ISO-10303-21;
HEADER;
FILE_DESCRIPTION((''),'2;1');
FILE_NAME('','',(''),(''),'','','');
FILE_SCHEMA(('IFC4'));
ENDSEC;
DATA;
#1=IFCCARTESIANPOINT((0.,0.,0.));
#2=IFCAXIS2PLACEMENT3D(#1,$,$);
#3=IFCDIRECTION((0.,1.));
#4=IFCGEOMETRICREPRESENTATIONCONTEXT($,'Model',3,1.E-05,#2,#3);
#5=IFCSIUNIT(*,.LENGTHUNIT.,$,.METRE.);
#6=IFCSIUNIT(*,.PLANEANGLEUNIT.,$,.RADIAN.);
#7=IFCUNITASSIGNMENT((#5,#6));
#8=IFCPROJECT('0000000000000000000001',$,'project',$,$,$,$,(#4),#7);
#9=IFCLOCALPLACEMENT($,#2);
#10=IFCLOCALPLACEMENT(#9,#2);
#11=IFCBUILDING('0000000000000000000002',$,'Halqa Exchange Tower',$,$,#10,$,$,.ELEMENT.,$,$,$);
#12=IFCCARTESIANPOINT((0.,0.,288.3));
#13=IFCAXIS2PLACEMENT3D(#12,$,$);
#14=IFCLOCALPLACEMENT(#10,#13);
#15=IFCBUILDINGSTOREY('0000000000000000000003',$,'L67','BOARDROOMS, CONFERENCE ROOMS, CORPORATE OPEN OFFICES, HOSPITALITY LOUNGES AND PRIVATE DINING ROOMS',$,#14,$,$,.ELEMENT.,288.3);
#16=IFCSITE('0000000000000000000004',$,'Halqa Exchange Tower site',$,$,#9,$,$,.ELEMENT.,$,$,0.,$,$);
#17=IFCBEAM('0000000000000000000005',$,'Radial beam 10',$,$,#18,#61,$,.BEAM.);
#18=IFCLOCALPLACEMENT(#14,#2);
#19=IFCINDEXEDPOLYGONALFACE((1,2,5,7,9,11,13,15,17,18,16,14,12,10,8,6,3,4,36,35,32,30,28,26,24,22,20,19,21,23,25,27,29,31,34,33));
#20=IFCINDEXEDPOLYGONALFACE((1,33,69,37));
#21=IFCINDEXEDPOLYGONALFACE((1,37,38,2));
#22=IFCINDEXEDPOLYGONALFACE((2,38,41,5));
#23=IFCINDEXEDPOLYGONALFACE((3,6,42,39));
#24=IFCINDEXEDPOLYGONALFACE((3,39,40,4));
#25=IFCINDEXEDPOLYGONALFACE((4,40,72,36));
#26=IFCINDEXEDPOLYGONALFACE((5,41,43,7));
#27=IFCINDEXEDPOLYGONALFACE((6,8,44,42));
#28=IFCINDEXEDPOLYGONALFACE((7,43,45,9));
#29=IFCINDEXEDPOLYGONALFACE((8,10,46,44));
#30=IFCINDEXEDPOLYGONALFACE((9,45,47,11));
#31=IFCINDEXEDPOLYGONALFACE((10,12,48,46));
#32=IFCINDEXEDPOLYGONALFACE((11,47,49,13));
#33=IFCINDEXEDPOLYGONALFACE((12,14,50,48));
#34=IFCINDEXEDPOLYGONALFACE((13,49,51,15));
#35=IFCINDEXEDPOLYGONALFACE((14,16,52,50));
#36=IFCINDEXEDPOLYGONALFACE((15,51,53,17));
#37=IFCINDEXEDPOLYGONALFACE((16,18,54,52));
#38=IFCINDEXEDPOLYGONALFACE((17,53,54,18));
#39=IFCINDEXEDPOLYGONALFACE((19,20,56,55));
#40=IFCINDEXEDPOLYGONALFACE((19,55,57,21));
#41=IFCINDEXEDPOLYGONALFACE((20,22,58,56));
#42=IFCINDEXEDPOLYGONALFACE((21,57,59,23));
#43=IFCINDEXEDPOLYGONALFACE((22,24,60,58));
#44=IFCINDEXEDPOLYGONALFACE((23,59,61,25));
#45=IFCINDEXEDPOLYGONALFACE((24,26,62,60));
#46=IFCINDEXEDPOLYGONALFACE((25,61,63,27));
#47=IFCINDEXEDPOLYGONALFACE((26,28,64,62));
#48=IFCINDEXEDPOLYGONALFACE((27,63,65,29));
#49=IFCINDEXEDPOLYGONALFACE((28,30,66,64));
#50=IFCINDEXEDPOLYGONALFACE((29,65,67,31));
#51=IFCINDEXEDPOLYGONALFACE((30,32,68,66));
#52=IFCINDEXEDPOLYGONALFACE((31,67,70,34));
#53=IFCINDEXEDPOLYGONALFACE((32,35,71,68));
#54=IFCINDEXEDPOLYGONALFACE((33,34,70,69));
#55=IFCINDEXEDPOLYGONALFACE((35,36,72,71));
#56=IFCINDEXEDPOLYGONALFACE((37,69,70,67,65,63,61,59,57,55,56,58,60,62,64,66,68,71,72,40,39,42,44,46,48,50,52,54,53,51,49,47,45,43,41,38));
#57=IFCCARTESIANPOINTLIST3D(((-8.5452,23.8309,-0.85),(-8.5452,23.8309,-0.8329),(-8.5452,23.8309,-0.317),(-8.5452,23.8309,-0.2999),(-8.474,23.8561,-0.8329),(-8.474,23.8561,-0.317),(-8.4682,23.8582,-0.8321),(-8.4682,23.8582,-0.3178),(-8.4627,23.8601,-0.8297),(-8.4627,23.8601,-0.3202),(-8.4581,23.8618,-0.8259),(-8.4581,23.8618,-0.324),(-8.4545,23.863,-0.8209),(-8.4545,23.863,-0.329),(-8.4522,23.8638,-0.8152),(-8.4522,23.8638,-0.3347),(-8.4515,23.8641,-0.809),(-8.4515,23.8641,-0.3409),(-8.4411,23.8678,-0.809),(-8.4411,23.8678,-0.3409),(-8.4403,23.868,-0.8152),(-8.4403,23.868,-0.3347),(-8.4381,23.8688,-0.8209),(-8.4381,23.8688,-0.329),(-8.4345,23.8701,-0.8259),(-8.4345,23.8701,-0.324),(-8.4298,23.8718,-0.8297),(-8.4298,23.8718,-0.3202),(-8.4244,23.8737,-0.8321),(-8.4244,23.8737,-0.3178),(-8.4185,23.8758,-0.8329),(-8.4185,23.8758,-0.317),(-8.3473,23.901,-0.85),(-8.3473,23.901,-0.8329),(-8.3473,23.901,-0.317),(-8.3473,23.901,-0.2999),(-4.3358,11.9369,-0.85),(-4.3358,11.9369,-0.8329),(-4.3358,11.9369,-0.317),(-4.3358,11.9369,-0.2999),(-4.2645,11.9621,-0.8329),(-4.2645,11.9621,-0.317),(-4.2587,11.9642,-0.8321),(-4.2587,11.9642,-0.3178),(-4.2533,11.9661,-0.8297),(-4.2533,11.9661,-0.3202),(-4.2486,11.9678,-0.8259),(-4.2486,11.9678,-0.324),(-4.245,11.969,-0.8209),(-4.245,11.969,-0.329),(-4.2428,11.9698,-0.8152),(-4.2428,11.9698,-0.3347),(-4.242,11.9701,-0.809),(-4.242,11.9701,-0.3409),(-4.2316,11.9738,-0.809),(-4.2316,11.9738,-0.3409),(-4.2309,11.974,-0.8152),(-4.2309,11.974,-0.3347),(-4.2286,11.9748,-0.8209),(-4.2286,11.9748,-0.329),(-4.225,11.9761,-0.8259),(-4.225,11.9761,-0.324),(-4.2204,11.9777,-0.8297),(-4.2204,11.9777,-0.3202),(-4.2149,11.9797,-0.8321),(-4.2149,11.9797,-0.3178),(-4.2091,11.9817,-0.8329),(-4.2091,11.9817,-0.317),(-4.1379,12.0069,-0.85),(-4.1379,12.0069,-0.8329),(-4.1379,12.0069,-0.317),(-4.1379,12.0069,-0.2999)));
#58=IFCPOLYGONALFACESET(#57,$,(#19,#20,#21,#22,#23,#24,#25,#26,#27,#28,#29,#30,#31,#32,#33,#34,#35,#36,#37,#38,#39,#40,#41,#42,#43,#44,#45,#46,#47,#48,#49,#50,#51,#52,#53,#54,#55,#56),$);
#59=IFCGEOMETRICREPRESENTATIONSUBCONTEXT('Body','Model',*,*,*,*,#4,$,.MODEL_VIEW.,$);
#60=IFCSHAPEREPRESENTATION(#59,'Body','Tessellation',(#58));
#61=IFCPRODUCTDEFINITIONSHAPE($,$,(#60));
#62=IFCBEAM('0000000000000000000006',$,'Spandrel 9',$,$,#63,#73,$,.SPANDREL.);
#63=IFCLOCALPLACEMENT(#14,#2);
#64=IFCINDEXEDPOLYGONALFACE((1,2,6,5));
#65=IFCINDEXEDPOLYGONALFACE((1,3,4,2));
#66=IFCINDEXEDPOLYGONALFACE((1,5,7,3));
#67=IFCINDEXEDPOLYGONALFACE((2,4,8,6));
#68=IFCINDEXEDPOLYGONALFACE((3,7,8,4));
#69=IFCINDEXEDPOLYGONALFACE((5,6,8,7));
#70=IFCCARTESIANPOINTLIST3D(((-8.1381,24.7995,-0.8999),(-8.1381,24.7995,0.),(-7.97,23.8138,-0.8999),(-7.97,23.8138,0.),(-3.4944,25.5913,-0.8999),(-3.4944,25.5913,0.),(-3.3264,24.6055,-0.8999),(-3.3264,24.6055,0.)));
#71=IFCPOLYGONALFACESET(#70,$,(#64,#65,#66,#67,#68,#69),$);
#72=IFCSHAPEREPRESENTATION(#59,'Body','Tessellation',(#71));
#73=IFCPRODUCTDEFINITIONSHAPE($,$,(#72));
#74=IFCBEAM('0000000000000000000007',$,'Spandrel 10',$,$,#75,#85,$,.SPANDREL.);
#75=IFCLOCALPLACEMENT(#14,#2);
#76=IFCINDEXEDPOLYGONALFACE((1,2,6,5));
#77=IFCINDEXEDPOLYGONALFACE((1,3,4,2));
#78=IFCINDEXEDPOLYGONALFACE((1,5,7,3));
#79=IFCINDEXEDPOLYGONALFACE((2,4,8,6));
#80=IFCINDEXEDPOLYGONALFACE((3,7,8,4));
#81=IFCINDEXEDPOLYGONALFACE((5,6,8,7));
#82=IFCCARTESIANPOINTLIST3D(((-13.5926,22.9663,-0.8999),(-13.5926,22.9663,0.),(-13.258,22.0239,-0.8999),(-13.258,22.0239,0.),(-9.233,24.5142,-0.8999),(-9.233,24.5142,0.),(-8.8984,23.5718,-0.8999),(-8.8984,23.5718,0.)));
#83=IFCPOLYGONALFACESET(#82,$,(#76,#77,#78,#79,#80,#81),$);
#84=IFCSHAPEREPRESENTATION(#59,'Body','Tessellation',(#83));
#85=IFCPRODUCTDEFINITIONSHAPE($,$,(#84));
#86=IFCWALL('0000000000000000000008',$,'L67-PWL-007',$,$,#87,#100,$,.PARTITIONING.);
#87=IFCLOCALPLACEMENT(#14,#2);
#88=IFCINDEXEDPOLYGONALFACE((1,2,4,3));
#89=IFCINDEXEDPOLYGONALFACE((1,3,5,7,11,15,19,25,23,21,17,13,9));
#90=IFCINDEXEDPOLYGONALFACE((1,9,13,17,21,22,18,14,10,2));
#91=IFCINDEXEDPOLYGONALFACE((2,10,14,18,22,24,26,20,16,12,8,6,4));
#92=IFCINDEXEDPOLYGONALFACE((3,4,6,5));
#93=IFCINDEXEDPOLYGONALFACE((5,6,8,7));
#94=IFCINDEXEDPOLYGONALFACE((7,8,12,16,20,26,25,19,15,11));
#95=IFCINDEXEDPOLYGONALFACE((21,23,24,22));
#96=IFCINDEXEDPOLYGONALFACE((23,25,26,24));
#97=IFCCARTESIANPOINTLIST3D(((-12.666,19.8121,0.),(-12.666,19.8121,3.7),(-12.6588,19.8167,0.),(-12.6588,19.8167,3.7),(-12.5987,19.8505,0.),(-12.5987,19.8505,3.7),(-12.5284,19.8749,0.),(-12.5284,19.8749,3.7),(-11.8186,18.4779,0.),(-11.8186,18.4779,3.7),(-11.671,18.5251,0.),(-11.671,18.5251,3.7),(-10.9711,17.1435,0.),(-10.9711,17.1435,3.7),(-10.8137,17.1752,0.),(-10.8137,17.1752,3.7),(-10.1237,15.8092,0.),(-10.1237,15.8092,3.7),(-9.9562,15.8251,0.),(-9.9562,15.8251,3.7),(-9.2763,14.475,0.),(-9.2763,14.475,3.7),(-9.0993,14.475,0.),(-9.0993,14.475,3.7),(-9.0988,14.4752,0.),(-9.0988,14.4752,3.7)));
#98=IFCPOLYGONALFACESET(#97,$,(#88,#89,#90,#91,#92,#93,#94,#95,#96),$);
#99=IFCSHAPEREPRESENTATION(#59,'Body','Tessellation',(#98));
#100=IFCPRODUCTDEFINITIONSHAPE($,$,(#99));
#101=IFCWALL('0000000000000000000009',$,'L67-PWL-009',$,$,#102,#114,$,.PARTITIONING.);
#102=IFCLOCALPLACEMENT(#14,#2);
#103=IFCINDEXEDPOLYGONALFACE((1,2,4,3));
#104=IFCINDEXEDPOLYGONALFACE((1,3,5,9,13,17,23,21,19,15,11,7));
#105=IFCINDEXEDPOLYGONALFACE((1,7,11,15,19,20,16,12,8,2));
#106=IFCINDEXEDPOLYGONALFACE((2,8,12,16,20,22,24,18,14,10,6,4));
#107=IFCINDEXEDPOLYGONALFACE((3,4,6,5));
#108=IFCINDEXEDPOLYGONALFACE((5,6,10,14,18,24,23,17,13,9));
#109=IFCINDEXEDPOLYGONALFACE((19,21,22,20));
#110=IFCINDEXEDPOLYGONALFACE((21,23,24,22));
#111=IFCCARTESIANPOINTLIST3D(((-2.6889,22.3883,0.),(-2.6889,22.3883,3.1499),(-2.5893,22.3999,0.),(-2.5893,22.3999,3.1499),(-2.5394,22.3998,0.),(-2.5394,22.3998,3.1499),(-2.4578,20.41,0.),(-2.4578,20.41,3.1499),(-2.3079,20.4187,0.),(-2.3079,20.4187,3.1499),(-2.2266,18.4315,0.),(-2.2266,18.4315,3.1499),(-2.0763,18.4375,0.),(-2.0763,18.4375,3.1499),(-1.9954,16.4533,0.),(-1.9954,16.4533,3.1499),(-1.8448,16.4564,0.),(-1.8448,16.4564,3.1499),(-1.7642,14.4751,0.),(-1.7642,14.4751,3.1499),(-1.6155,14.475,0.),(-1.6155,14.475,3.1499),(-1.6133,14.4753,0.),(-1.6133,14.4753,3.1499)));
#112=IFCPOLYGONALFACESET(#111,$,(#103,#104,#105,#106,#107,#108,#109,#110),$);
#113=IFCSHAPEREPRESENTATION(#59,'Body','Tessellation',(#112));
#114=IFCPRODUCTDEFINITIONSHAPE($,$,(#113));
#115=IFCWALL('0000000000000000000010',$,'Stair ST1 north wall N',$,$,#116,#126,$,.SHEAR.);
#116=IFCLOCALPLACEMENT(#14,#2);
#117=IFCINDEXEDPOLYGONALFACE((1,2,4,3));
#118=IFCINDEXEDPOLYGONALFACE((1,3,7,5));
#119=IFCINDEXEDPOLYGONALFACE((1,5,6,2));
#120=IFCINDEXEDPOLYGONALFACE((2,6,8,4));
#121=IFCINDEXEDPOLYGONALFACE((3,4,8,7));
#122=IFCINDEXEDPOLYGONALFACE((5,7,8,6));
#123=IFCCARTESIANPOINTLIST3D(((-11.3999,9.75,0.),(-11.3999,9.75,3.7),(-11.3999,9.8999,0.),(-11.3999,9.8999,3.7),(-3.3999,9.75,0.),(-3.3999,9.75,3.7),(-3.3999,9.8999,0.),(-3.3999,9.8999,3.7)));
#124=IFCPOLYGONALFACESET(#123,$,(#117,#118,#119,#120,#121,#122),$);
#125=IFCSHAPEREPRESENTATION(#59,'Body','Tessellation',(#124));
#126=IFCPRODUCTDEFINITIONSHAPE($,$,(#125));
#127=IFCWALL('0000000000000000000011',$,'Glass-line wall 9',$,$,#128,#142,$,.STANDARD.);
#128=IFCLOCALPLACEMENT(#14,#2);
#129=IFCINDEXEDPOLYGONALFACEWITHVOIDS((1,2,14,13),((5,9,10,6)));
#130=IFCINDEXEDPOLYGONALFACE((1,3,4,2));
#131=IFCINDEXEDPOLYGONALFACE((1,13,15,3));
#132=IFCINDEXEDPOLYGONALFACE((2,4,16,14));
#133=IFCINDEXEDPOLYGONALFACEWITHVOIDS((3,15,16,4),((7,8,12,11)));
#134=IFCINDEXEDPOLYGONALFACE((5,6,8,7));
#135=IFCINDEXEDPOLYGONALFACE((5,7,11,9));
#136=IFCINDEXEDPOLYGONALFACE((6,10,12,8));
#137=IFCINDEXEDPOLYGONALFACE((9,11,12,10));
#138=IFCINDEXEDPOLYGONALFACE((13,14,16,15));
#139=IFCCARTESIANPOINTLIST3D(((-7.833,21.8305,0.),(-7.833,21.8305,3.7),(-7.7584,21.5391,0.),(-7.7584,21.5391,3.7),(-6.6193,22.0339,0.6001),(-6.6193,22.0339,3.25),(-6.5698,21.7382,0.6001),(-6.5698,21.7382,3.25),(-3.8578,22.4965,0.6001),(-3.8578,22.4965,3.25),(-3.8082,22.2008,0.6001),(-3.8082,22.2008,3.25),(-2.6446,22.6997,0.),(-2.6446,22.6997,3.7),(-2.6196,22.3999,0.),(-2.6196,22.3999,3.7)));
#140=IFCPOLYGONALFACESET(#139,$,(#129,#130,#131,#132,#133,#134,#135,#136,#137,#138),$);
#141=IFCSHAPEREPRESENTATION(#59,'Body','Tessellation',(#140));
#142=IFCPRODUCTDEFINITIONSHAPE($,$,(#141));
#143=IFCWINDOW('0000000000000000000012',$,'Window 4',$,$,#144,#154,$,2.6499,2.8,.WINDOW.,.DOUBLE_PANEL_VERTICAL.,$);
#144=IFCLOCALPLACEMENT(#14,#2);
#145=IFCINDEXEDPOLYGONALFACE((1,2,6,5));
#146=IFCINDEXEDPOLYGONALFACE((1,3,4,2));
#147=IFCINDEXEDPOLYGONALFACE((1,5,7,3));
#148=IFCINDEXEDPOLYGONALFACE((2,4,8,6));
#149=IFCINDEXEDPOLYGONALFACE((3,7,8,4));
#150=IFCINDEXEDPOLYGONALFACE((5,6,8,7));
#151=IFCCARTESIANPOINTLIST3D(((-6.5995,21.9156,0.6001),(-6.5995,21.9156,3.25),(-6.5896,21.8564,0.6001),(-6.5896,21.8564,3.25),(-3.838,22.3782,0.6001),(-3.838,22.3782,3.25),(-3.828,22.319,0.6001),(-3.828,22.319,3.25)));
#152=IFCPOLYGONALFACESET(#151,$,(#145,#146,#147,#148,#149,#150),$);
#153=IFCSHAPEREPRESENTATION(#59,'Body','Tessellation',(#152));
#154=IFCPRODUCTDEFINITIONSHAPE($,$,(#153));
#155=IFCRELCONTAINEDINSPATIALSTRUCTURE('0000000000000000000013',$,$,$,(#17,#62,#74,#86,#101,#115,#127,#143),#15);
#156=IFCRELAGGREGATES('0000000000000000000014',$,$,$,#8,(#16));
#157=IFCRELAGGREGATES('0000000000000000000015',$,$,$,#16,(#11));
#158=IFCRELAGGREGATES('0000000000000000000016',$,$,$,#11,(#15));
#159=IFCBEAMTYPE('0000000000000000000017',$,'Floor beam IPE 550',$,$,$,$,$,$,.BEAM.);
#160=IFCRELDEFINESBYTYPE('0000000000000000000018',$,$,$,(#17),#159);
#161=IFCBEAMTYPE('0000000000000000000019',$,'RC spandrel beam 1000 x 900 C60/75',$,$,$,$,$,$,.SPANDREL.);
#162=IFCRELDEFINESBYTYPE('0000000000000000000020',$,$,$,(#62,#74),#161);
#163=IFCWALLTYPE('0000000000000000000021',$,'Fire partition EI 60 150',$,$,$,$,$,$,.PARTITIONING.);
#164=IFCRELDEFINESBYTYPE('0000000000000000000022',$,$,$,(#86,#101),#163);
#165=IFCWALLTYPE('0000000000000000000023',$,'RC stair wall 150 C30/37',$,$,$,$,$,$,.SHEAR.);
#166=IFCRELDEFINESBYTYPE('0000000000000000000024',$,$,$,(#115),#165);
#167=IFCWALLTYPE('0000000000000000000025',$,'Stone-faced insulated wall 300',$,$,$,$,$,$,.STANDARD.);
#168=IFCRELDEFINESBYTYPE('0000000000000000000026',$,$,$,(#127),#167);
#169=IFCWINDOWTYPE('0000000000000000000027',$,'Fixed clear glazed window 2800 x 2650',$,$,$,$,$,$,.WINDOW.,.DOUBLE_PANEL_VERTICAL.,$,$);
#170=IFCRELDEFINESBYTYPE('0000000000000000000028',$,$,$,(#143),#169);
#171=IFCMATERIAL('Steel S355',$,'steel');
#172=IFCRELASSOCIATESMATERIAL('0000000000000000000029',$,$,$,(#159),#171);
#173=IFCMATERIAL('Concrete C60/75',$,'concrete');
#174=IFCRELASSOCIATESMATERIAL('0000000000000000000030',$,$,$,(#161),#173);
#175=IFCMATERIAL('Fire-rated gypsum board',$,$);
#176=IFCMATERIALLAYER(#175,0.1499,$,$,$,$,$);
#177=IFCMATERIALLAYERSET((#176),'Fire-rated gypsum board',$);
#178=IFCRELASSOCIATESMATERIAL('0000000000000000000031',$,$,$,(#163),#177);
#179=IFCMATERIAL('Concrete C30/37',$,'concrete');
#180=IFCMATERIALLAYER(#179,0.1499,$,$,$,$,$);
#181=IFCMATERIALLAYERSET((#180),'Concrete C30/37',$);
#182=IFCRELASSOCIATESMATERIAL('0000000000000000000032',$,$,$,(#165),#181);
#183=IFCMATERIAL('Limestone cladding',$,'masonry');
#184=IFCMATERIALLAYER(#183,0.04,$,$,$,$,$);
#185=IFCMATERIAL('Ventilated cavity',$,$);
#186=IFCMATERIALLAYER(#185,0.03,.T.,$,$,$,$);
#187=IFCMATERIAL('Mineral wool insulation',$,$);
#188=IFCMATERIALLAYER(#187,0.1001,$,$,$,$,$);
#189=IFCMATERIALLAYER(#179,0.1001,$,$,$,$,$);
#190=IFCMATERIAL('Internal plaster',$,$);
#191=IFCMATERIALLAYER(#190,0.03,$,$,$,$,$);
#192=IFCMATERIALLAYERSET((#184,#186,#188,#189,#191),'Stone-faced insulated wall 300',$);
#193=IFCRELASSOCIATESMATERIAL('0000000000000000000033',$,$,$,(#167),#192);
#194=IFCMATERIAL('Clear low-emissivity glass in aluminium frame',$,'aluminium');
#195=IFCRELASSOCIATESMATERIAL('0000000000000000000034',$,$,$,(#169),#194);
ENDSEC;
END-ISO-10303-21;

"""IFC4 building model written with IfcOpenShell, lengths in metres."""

from ifc_helpers import new_model, si_unit, direction, frame, frame_2d, origin, origin_2d, place, context, subcontext, project, spatial, polyline, rectangle, i_section, outline, extrude, material, layer, layer_set, material_profile, profile_set, type_object, element, fill, save


model = new_model("IFC4")

# Units and contexts
model_context = context("Model", 3, precision=1e-05, world=origin(), true_north=direction((0.0, 1.0)))
body_context = subcontext(model_context, "Body", "Model", "MODEL_VIEW")
ifc_project = project(units=[si_unit("LENGTHUNIT", "METRE"), si_unit("PLANEANGLEUNIT", "RADIAN")], contexts=[model_context])

# Site, building, storey
site_placement = place(None, origin())
site = spatial("IfcSite", under=ifc_project, at=site_placement, Name="Halqa Exchange Tower site", CompositionType="ELEMENT", RefElevation=0.0)
building_placement = place(site_placement, origin())
building = spatial("IfcBuilding", under=site, at=building_placement, Name="Halqa Exchange Tower", CompositionType="ELEMENT")
storey_placement = place(building_placement, frame((0.0, 0.0, 288.3)))
storey = spatial("IfcBuildingStorey", under=building, at=storey_placement, Name="L67", Description="BOARDROOMS, CONFERENCE ROOMS, CORPORATE OPEN OFFICES, HOSPITALITY LOUNGES AND PRIVATE DINING ROOMS", CompositionType="ELEMENT", Elevation=288.3)

# Shared definitions
ifc_material_1 = material(Name="Concrete C60/75", Category="concrete")

# Beams
ifc_material_2 = material(Name="Steel S355", Category="steel")
ifc_material_profile_1 = material_profile(ifc_material_2, i_section(OverallWidth=0.21, OverallDepth=0.55, WebThickness=0.011, FlangeThickness=0.0171, FilletRadius=0.0239, at=origin_2d()), Name="IPE 550")
ifc_profile_set_1 = profile_set([ifc_material_profile_1], Name="Steel S355")
beam_type_1 = type_object("IfcBeamType", Name="Floor beam IPE 550", PredefinedType="BEAM", material=ifc_profile_set_1)
beam_1_placement = place(storey_placement, frame((-4.2368, 11.9719, -0.575), z_axis=(-0.333636, 0.942702, 0.0), x_axis=(-0.942702, -0.333636, 0.0)))
element("IfcBeam", 1, at=beam_1_placement, inside=storey, type_object=beam_type_1, Name="Radial beam 10", PredefinedType="BEAM", context=body_context, shape_type="SweptSolid", body=[
    extrude(i_section(OverallWidth=0.21, OverallDepth=0.55, WebThickness=0.011, FlangeThickness=0.0171, FilletRadius=0.0239, at=origin_2d()), origin(), (0.0, 0.0, 1.0), 12.6169),
])
ifc_material_profile_2 = material_profile(ifc_material_1, rectangle(XDim=1.0, YDim=0.8999, at=origin_2d()), Name="1000 x 900")
ifc_profile_set_2 = profile_set([ifc_material_profile_2], Name="Concrete C60/75")
beam_type_2 = type_object("IfcBeamType", Name="RC spandrel beam 1000 x 900 C60/75", PredefinedType="SPANDREL", material=ifc_profile_set_2)
beam_2_placement = place(storey_placement, frame((-3.4104, 25.0984, -0.45), z_axis=(-0.985775, -0.16807, 0.0), x_axis=(0.16807, -0.985775, 0.0)))
element("IfcBeam", 2, at=beam_2_placement, inside=storey, type_object=beam_type_2, Name="Spandrel 9", PredefinedType="SPANDREL", context=body_context, shape_type="SweptSolid", body=[
    extrude(rectangle(XDim=1.0, YDim=0.8999, at=origin_2d()), origin(), (0.0, 0.0, 1.0), 4.7107),
])
beam_3_placement = place(storey_placement, frame((-9.0657, 24.043, -0.45), z_axis=(-0.942367, -0.334581, 0.0), x_axis=(0.334581, -0.942367, 0.0)))
element("IfcBeam", 3, at=beam_3_placement, inside=storey, type_object=beam_type_2, Name="Spandrel 10", PredefinedType="SPANDREL", context=body_context, shape_type="SweptSolid", body=[
    extrude(rectangle(XDim=1.0, YDim=0.8999, at=origin_2d()), origin(), (0.0, 0.0, 1.0), 4.6262),
])

# Walls
ifc_material_3 = material(Name="Fire-rated gypsum board")
ifc_layer_1 = layer(ifc_material_3, 0.1499)
ifc_layer_set_1 = layer_set([ifc_layer_1], Name="Fire-rated gypsum board")
wall_type_1 = type_object("IfcWallType", Name="Fire partition EI 60 150", PredefinedType="PARTITIONING", material=ifc_layer_set_1)
wall_1_placement = place(storey_placement, frame((-9.1621, 14.4351, 0.0), z_axis=(0.0, 0.0, 1.0), x_axis=(-0.536137, 0.844131, 0.0)))
element("IfcWall", 4, at=wall_1_placement, inside=storey, type_object=wall_type_1, Name="L67-PWL-007", PredefinedType="PARTITIONING", context=body_context, shape_type="SweptSolid", body=[
    extrude(outline(polyline([(0.0, -0.075), (1.5991, -0.075), (3.1985, -0.075), (4.7976, -0.075), (6.3967, -0.075), (6.4138, -0.0024), (6.4175, 0.0664), (6.4175, 0.075), (4.8369, 0.075), (3.2561, 0.075), (1.6755, 0.075), (0.095, 0.075), (0.0, -0.0745), (0.0, -0.075)])), origin(), (0.0, 0.0, 1.0), 3.7),
])
wall_2_placement = place(storey_placement, frame((-1.6877, 14.4666, 0.0), z_axis=(0.0, 0.0, 1.0), x_axis=(-0.116071, 0.993241, 0.0)))
element("IfcWall", 5, at=wall_2_placement, inside=storey, type_object=wall_type_1, Name="L67-PWL-009", PredefinedType="PARTITIONING", context=body_context, shape_type="SweptSolid", body=[
    extrude(outline(polyline([(0.0, -0.075), (1.9946, -0.075), (3.9893, -0.075), (5.9839, -0.075), (7.9785, -0.075), (7.9844, -0.0254), (7.9844, 0.075), (5.9927, 0.075), (4.0007, 0.075), (2.009, 0.075), (0.0173, 0.075), (0.0, -0.0728), (0.0, -0.075)])), origin(), (0.0, 0.0, 1.0), 3.1499),
])
ifc_material_4 = material(Name="Concrete C30/37", Category="concrete")
ifc_layer_2 = layer(ifc_material_4, 0.1499)
ifc_layer_set_2 = layer_set([ifc_layer_2], Name="Concrete C30/37")
wall_type_2 = type_object("IfcWallType", Name="RC stair wall 150 C30/37", PredefinedType="SHEAR", material=ifc_layer_set_2)
wall_3_placement = place(storey_placement, frame((-11.3999, 9.825, 0.0), z_axis=(0.0, 0.0, 1.0), x_axis=(1.0, 0.0, 0.0)))
element("IfcWall", 6, at=wall_3_placement, inside=storey, type_object=wall_type_2, Name="Stair ST1 north wall N", PredefinedType="SHEAR", context=body_context, shape_type="SweptSolid", body=[
    extrude(rectangle(XDim=8.0, YDim=0.1499, at=frame_2d((4.0, 0.0))), origin(), (0.0, 0.0, 1.0), 3.7),
])

# Wall, opening, window
ifc_material_5 = material(Name="Limestone cladding", Category="masonry")
ifc_layer_3 = layer(ifc_material_5, 0.04)
ifc_material_6 = material(Name="Ventilated cavity")
ifc_layer_4 = layer(ifc_material_6, 0.03, ventilated=True)
ifc_material_7 = material(Name="Mineral wool insulation")
ifc_layer_5 = layer(ifc_material_7, 0.1001)
ifc_layer_6 = layer(ifc_material_4, 0.1001)
ifc_material_8 = material(Name="Internal plaster")
ifc_layer_7 = layer(ifc_material_8, 0.03)
ifc_layer_set_3 = layer_set([ifc_layer_3, ifc_layer_4, ifc_layer_5, ifc_layer_6, ifc_layer_7], Name="Stone-faced insulated wall 300")
wall_type_3 = type_object("IfcWallType", Name="Stone-faced insulated wall 300", PredefinedType="STANDARD", material=ifc_layer_set_3)
wall_4_placement = place(storey_placement, frame((-2.6321, 22.5498, 0.0), z_axis=(0.0, 0.0, 1.0), x_axis=(-0.986257, -0.165216, 0.0)))
wall_4 = element("IfcWall", 7, at=wall_4_placement, inside=storey, type_object=wall_type_3, Name="Glass-line wall 9", PredefinedType="STANDARD", context=body_context, shape_type="SweptSolid", body=[
    extrude(outline(polyline([(-0.0125, -0.1499), (5.2483, -0.1499), (5.2229, 0.1499), (0.0125, 0.1499), (-0.0125, -0.1499)])), origin(), (0.0, 0.0, 1.0), 3.7),
])
opening_1_placement = place(wall_4_placement, frame((1.2178, 0.0, 0.6001)))
opening_1 = element("IfcOpeningElement", 8, at=opening_1_placement, cuts=wall_4, PredefinedType="OPENING", context=body_context, shape_type="SweptSolid", body=[
    extrude(rectangle(XDim=2.8, YDim=2.6499, at=frame_2d((1.3999, 1.325))), frame((0.0, 0.1621, 0.0), z_axis=(0.0, -1.0, 0.0), x_axis=(1.0, 0.0, 0.0)), (0.0, 0.0, 1.0), 0.324),
])
ifc_material_9 = material(Name="Clear low-emissivity glass in aluminium frame", Category="aluminium")
window_type = type_object("IfcWindowType", Name="Fixed clear glazed window 2800 x 2650", PartitioningType="DOUBLE_PANEL_VERTICAL", PredefinedType="WINDOW", material=ifc_material_9)
window_1_placement = place(opening_1_placement, origin())
window_1 = element("IfcWindow", 9, at=window_1_placement, inside=storey, type_object=window_type, Name="Window 4", OverallHeight=2.6499, OverallWidth=2.8, PartitioningType="DOUBLE_PANEL_VERTICAL", PredefinedType="WINDOW", context=body_context, shape_type="SweptSolid", body=[
    extrude(rectangle(XDim=2.8, YDim=2.6499, at=frame_2d((1.3999, 1.325))), frame((0.0, 0.03, 0.0), z_axis=(0.0, -1.0, 0.0), x_axis=(1.0, 0.0, 0.0)), (0.0, 0.0, 1.0), 0.0601),
])
fill(opening_1, window_1)

save(model, "model.ifc")
